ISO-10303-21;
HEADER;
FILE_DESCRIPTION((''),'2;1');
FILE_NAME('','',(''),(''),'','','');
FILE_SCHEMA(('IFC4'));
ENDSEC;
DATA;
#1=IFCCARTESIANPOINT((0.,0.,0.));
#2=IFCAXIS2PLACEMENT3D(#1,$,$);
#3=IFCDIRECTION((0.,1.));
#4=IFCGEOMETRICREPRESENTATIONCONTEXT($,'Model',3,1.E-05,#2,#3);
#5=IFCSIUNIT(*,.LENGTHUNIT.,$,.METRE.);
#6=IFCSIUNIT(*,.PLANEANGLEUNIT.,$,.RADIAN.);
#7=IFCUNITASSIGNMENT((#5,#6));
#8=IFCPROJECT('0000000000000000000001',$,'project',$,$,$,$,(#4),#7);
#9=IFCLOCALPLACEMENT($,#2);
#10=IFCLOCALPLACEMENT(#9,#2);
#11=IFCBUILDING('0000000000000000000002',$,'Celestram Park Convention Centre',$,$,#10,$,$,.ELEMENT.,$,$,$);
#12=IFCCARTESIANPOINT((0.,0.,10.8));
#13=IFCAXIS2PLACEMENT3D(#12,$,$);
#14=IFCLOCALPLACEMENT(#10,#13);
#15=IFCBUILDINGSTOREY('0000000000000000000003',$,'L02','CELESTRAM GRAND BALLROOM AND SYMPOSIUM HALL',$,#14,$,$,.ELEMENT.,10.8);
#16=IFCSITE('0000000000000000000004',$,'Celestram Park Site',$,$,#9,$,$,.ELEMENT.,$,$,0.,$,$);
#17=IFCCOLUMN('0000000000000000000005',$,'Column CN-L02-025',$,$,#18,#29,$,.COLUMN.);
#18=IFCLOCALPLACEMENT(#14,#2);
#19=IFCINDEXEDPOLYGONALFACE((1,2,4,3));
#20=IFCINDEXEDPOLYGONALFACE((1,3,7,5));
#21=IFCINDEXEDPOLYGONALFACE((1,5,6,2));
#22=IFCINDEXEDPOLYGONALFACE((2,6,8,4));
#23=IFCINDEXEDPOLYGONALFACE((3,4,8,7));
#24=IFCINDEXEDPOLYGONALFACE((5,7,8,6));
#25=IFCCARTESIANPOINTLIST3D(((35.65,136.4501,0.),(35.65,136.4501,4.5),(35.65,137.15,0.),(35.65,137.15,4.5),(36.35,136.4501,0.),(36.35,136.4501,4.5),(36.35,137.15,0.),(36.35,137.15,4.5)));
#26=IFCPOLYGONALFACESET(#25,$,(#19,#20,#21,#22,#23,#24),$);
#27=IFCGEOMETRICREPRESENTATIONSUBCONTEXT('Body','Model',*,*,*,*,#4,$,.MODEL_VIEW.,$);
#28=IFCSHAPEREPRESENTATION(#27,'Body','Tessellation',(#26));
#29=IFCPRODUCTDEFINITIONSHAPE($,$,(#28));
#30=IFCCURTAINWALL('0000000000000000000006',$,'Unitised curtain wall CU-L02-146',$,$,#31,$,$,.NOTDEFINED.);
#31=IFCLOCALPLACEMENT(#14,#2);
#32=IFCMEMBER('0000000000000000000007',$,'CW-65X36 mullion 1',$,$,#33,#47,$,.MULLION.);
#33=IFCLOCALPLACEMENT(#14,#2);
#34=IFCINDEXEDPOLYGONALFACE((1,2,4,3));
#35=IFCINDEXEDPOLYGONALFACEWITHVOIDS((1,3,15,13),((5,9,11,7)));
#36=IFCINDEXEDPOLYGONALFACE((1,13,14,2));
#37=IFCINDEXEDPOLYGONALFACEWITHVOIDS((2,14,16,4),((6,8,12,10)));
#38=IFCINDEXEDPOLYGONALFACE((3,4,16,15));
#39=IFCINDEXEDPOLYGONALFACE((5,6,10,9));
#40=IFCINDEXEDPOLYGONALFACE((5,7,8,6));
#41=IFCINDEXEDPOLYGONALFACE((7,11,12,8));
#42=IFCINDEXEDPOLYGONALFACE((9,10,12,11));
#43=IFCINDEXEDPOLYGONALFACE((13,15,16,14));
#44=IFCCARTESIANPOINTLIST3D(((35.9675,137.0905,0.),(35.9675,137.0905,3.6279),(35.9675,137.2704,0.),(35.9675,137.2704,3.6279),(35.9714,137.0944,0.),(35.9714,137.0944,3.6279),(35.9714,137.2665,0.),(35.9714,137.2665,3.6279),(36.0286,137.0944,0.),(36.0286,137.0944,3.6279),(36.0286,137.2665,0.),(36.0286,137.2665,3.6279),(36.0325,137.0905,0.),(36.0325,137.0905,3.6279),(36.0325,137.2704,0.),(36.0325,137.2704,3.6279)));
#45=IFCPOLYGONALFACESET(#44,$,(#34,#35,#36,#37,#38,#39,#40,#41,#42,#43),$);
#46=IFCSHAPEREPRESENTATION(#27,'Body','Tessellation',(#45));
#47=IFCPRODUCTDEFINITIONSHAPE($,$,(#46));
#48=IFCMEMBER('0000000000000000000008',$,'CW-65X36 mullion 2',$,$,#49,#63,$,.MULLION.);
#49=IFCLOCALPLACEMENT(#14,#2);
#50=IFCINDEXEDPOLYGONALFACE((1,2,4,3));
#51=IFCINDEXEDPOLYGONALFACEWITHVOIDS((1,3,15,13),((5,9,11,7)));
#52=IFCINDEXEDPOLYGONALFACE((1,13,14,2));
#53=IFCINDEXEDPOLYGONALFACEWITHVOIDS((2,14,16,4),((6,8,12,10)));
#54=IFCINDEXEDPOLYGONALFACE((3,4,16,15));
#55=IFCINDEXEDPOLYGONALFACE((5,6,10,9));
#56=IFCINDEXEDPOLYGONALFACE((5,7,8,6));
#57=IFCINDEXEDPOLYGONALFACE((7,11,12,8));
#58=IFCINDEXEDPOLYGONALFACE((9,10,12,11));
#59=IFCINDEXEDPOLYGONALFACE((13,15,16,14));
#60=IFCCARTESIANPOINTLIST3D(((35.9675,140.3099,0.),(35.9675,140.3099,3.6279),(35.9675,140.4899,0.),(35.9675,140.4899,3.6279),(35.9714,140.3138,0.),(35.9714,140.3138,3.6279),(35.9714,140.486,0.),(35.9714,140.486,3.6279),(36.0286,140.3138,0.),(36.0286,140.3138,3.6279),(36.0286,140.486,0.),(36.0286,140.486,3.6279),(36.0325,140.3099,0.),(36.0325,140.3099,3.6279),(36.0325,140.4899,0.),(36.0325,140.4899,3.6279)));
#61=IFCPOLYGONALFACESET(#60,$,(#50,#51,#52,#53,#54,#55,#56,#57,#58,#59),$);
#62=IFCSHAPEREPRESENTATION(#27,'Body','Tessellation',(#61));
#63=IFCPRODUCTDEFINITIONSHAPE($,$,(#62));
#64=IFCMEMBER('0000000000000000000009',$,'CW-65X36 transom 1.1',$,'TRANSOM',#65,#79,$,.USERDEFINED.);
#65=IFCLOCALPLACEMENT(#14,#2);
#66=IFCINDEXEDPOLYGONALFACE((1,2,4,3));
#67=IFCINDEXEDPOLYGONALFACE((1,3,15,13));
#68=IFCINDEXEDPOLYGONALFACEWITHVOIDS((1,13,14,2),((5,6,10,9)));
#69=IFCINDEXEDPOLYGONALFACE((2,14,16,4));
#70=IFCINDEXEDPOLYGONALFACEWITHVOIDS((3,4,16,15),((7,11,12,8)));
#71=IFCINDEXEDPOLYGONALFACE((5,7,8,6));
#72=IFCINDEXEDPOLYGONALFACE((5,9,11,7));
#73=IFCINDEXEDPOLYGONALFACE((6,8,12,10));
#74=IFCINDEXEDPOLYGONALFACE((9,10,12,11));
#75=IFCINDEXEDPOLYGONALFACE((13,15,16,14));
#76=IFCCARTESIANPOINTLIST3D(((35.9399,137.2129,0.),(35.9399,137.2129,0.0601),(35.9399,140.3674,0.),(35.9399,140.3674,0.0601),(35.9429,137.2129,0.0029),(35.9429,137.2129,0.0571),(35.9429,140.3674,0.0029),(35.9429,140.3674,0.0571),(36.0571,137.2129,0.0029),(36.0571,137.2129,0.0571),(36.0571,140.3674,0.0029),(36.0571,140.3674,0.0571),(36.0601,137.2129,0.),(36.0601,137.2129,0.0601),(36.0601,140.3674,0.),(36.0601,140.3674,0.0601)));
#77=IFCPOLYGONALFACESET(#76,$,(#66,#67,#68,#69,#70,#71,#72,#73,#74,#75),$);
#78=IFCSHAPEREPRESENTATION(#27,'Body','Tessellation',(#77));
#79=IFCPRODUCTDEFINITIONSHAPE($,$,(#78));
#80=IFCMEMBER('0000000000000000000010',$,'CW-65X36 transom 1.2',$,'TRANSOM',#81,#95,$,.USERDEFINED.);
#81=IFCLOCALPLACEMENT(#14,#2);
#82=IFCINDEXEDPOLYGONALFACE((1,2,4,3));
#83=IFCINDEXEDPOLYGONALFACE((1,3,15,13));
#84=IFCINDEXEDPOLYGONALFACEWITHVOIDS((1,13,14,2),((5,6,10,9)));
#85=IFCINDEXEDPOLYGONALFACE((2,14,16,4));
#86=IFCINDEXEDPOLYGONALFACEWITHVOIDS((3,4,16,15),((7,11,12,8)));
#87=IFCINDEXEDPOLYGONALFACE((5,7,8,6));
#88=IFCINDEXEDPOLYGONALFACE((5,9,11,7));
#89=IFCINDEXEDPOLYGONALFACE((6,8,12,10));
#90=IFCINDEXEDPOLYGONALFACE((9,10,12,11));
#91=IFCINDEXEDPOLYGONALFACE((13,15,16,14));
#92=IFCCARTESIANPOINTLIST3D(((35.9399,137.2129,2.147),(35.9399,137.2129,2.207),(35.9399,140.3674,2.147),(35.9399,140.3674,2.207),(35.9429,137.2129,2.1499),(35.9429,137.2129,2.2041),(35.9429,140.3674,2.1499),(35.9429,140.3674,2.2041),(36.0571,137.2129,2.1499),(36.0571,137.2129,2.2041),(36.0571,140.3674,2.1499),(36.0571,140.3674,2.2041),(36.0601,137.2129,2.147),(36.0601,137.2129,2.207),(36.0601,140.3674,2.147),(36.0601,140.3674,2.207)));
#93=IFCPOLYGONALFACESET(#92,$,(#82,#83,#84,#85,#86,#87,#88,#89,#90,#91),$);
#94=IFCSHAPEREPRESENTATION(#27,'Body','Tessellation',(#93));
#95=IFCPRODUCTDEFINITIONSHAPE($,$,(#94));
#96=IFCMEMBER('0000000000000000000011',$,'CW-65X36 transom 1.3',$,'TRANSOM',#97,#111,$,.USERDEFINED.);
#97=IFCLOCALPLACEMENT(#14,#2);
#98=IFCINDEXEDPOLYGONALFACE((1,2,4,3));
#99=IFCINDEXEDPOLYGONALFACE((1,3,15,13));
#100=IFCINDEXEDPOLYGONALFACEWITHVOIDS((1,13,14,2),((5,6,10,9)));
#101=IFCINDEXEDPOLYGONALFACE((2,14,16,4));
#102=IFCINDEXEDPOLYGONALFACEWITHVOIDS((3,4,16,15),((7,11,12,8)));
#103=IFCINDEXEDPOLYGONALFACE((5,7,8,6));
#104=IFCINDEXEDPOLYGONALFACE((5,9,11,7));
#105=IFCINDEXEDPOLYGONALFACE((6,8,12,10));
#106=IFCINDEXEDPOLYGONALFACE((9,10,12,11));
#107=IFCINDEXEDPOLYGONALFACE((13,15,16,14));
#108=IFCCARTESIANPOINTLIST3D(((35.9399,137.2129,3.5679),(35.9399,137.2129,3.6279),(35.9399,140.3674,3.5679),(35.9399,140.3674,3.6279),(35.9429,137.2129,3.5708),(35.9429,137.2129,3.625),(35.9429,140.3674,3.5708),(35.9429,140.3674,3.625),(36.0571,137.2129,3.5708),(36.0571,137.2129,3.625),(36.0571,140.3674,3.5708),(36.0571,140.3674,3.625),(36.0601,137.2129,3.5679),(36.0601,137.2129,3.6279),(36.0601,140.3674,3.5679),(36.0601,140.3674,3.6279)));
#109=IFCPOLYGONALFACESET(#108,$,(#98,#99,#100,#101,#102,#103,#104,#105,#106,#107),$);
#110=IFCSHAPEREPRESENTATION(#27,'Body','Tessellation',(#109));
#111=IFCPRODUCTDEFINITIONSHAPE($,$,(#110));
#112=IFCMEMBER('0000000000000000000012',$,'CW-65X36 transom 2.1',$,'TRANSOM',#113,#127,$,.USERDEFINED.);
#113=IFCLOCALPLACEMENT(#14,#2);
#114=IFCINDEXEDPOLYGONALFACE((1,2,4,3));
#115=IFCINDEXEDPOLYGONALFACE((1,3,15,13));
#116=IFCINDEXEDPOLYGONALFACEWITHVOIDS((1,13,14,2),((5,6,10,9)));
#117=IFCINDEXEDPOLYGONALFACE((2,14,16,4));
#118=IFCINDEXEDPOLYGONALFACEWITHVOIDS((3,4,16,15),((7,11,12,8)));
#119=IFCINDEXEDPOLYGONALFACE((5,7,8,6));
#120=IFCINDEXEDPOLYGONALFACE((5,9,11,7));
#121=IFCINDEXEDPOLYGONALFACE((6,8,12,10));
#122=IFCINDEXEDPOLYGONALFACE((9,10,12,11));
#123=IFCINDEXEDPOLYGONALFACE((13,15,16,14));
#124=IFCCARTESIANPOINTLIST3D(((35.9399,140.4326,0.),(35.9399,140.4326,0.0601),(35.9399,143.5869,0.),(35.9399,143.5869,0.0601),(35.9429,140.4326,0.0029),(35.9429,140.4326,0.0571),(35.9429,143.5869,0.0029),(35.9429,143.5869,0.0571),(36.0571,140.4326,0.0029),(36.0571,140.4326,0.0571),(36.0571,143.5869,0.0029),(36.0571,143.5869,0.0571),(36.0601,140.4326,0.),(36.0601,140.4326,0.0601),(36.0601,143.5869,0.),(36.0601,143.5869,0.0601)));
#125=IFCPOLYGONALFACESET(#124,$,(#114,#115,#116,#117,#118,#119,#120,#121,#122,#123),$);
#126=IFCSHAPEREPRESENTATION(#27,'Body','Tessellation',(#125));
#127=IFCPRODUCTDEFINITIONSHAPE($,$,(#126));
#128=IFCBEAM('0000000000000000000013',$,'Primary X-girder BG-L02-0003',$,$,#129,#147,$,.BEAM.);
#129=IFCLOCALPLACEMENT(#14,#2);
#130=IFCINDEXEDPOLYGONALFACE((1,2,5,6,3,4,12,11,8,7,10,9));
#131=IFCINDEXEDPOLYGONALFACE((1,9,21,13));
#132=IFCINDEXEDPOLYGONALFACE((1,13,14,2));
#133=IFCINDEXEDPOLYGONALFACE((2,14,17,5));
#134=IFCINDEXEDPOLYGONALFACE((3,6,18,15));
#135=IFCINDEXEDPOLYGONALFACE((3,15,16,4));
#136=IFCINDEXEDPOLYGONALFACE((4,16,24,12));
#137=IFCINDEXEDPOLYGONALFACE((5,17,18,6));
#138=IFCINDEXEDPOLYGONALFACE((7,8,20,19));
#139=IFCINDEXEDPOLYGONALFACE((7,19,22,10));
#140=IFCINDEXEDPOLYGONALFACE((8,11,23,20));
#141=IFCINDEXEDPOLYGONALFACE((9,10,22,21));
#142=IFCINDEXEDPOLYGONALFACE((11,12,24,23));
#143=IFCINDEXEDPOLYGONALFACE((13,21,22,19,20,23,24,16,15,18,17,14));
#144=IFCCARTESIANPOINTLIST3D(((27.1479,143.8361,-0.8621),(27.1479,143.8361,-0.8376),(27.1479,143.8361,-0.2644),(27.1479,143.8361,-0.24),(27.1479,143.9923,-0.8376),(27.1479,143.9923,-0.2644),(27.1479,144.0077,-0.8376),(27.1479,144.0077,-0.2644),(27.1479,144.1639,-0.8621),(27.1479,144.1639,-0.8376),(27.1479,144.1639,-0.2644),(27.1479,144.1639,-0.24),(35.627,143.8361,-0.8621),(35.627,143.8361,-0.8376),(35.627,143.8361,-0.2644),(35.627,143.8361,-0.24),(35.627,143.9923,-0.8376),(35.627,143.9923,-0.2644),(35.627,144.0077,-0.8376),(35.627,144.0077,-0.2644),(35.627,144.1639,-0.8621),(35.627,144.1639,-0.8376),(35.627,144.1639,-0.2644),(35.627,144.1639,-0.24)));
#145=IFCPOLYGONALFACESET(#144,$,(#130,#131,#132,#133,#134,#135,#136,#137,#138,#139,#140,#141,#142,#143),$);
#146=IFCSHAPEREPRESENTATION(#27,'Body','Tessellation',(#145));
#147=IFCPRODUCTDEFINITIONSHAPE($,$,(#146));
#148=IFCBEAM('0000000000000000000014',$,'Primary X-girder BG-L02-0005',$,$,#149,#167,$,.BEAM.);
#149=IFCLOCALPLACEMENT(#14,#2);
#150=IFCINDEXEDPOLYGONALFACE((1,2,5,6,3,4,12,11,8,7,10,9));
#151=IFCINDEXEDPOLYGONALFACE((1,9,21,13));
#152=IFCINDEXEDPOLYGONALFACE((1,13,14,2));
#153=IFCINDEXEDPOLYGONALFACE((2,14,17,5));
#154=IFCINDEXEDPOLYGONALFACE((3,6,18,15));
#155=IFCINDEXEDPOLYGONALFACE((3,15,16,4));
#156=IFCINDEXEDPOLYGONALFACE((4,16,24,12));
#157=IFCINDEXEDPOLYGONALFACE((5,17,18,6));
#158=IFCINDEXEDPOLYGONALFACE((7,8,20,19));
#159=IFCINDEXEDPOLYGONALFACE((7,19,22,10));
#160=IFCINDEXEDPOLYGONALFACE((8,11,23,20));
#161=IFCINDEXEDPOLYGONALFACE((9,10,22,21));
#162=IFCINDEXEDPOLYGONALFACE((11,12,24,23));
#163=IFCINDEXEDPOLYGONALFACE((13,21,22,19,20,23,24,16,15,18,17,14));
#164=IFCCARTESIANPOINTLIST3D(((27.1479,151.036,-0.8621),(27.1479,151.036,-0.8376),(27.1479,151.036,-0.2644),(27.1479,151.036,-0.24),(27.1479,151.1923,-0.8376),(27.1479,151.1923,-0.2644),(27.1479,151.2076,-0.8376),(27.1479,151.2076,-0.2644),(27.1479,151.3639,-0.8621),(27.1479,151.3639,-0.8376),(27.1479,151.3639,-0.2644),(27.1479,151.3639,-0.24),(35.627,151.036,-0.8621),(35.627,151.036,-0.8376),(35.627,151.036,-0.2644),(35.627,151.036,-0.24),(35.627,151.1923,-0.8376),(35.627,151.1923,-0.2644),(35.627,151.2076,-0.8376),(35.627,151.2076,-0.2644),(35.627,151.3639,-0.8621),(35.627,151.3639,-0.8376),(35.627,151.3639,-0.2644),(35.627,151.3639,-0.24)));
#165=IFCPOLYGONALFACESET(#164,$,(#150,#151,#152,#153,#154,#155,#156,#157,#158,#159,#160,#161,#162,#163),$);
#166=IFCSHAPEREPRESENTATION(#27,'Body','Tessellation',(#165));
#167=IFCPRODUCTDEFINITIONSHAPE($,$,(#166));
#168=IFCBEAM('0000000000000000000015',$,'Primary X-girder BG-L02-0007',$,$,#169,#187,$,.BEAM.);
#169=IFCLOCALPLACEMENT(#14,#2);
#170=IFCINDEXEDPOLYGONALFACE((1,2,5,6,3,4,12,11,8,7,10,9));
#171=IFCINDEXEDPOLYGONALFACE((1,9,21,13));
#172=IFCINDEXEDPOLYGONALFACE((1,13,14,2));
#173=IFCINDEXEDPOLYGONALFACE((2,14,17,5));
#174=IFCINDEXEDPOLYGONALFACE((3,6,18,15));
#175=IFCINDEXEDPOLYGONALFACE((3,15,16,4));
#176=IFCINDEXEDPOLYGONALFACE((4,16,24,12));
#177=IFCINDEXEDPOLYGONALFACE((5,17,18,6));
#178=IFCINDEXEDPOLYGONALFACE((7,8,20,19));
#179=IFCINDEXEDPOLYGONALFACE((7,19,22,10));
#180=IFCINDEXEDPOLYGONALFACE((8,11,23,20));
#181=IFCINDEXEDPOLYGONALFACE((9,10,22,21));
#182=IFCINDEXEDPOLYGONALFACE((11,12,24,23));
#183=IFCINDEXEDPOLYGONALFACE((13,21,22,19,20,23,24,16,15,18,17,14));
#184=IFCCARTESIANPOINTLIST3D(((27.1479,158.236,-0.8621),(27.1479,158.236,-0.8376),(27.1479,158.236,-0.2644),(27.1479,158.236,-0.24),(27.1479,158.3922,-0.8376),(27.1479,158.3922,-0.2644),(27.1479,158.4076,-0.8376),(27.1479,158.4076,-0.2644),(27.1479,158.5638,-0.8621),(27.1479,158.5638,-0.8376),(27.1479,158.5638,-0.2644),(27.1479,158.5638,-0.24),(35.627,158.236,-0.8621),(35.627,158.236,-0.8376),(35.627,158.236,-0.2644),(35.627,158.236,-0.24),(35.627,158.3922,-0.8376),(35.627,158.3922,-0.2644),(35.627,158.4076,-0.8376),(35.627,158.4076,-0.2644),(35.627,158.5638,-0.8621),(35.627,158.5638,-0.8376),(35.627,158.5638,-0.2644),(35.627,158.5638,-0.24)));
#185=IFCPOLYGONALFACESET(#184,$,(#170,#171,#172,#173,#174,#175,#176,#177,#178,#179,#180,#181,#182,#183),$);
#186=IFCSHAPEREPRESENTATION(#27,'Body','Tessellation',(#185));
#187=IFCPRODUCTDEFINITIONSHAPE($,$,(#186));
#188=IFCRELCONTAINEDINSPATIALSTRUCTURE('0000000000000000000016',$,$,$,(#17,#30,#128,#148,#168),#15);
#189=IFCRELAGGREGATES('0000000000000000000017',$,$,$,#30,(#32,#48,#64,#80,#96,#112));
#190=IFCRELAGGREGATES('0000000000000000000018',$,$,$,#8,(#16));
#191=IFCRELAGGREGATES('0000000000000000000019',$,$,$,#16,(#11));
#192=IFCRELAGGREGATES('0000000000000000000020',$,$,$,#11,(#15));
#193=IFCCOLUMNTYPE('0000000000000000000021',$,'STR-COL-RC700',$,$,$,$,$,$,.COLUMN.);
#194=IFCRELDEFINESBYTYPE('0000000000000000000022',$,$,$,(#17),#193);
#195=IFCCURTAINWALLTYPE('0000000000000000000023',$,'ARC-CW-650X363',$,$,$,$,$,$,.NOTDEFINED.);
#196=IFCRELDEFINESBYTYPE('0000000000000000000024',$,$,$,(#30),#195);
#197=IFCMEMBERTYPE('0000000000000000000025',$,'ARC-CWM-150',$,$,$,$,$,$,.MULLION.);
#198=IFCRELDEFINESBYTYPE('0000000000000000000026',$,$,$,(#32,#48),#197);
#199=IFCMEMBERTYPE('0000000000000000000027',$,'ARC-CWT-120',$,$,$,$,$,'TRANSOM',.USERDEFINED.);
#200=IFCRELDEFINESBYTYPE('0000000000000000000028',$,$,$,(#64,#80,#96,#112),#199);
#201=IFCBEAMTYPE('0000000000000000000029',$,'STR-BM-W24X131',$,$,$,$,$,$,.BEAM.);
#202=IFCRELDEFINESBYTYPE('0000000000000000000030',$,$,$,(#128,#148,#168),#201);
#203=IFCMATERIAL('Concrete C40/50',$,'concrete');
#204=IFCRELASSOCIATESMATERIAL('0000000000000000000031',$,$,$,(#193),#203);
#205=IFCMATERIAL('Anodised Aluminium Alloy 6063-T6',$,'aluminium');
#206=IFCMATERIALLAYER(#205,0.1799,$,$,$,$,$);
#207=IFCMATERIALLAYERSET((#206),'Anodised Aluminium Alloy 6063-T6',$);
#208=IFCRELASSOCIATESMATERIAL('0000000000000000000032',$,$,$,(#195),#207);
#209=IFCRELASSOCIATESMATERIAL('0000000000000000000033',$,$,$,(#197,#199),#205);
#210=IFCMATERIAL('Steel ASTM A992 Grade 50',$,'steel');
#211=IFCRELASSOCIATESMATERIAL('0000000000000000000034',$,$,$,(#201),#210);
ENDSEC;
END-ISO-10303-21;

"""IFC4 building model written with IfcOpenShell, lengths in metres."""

from ifc_helpers import new_model, si_unit, direction, frame, origin, origin_2d, place, context, subcontext, project, spatial, rectangle, hollow_rectangle, i_section, extrude, material, layer, layer_set, material_profile, profile_set, type_object, element, aggregate, save


model = new_model("IFC4")

# Units and contexts
model_context = context("Model", 3, precision=1e-05, world=origin(), true_north=direction((0.0, 1.0)))
body_context = subcontext(model_context, "Body", "Model", "MODEL_VIEW")
ifc_project = project(units=[si_unit("LENGTHUNIT", "METRE"), si_unit("PLANEANGLEUNIT", "RADIAN")], contexts=[model_context])

# Site, building, storey
site_placement = place(None, origin())
site = spatial("IfcSite", under=ifc_project, at=site_placement, Name="Celestram Park Site", CompositionType="ELEMENT", RefElevation=0.0)
building_placement = place(site_placement, origin())
building = spatial("IfcBuilding", under=site, at=building_placement, Name="Celestram Park Convention Centre", CompositionType="ELEMENT")
storey_placement = place(building_placement, frame((0.0, 0.0, 10.8)))
storey = spatial("IfcBuildingStorey", under=building, at=storey_placement, Name="L02", Description="CELESTRAM GRAND BALLROOM AND SYMPOSIUM HALL", CompositionType="ELEMENT", Elevation=10.8)

# Column
ifc_material_1 = material(Name="Concrete C40/50", Category="concrete")
ifc_material_profile_1 = material_profile(ifc_material_1, rectangle(XDim=0.7, YDim=0.7, at=origin_2d()), Name="RC700X700")
ifc_profile_set_1 = profile_set([ifc_material_profile_1], Name="Concrete C40/50")
column_type = type_object("IfcColumnType", Name="STR-COL-RC700", PredefinedType="COLUMN", material=ifc_profile_set_1)
column_placement = place(storey_placement, frame((36.0, 136.8, 0.0), z_axis=(0.0, 0.0, 1.0), x_axis=(1.0, 0.0, 0.0)))
element("IfcColumn", 1, at=column_placement, inside=storey, type_object=column_type, Name="Column CN-L02-025", PredefinedType="COLUMN", context=body_context, shape_type="SweptSolid", body=[
    extrude(rectangle(XDim=0.7, YDim=0.7, at=origin_2d()), origin(), (0.0, 0.0, 1.0), 4.5),
])

# Curtain wall, members
ifc_material_2 = material(Name="Anodised Aluminium Alloy 6063-T6", Category="aluminium")
ifc_layer_1 = layer(ifc_material_2, 0.1799)
ifc_layer_set_1 = layer_set([ifc_layer_1], Name="Anodised Aluminium Alloy 6063-T6")
curtain_wall_type = type_object("IfcCurtainWallType", Name="ARC-CW-650X363", PredefinedType="NOTDEFINED", material=ifc_layer_set_1)
curtain_wall_placement = place(storey_placement, origin())
curtain_wall = element("IfcCurtainWall", 2, at=curtain_wall_placement, inside=storey, type_object=curtain_wall_type, Name="Unitised curtain wall CU-L02-146", PredefinedType="NOTDEFINED")
ifc_material_profile_2 = material_profile(ifc_material_2, hollow_rectangle(XDim=0.0649, YDim=0.1799, WallThickness=0.0039, at=origin_2d()), Name="ALU65X180X4")
ifc_profile_set_2 = profile_set([ifc_material_profile_2], Name="Anodised Aluminium Alloy 6063-T6")
member_type_1 = type_object("IfcMemberType", Name="ARC-CWM-150", PredefinedType="MULLION", material=ifc_profile_set_2)
member_1_placement = place(storey_placement, frame((36.0, 137.1804, 0.0), z_axis=(0.0, 0.0, 1.0), x_axis=(-1.0, 0.0, 0.0)))
member_1 = element("IfcMember", 3, at=member_1_placement, type_object=member_type_1, Name="CW-65X36 mullion 1", PredefinedType="MULLION", context=body_context, shape_type="SweptSolid", body=[
    extrude(hollow_rectangle(XDim=0.0649, YDim=0.1799, WallThickness=0.0039, at=origin_2d()), origin(), (0.0, 0.0, 1.0), 3.6279),
])
member_2_placement = place(storey_placement, frame((36.0, 140.3999, 0.0), z_axis=(0.0, 0.0, 1.0), x_axis=(-1.0, 0.0, 0.0)))
member_2 = element("IfcMember", 4, at=member_2_placement, type_object=member_type_1, Name="CW-65X36 mullion 2", PredefinedType="MULLION", context=body_context, shape_type="SweptSolid", body=[
    extrude(hollow_rectangle(XDim=0.0649, YDim=0.1799, WallThickness=0.0039, at=origin_2d()), origin(), (0.0, 0.0, 1.0), 3.6279),
])
ifc_material_profile_3 = material_profile(ifc_material_2, hollow_rectangle(XDim=0.1201, YDim=0.0601, WallThickness=0.0029, at=origin_2d()), Name="ALU120X60X3")
ifc_profile_set_3 = profile_set([ifc_material_profile_3], Name="Anodised Aluminium Alloy 6063-T6")
member_type_2 = type_object("IfcMemberType", Name="ARC-CWT-120", ElementType="TRANSOM", PredefinedType="USERDEFINED", material=ifc_profile_set_3)
member_3_placement = place(storey_placement, frame((36.0, 137.2129, 0.03), z_axis=(0.0, 1.0, 0.0), x_axis=(-1.0, 0.0, 0.0)))
member_3 = element("IfcMember", 5, at=member_3_placement, type_object=member_type_2, Name="CW-65X36 transom 1.1", ObjectType="TRANSOM", PredefinedType="USERDEFINED", context=body_context, shape_type="SweptSolid", body=[
    extrude(hollow_rectangle(XDim=0.1201, YDim=0.0601, WallThickness=0.0029, at=origin_2d()), origin(), (0.0, 0.0, 1.0), 3.1545),
])
member_4_placement = place(storey_placement, frame((36.0, 137.2129, 2.177), z_axis=(0.0, 1.0, 0.0), x_axis=(-1.0, 0.0, 0.0)))
member_4 = element("IfcMember", 6, at=member_4_placement, type_object=member_type_2, Name="CW-65X36 transom 1.2", ObjectType="TRANSOM", PredefinedType="USERDEFINED", context=body_context, shape_type="SweptSolid", body=[
    extrude(hollow_rectangle(XDim=0.1201, YDim=0.0601, WallThickness=0.0029, at=origin_2d()), origin(), (0.0, 0.0, 1.0), 3.1545),
])
member_5_placement = place(storey_placement, frame((36.0, 137.2129, 3.5979), z_axis=(0.0, 1.0, 0.0), x_axis=(-1.0, 0.0, 0.0)))
member_5 = element("IfcMember", 7, at=member_5_placement, type_object=member_type_2, Name="CW-65X36 transom 1.3", ObjectType="TRANSOM", PredefinedType="USERDEFINED", context=body_context, shape_type="SweptSolid", body=[
    extrude(hollow_rectangle(XDim=0.1201, YDim=0.0601, WallThickness=0.0029, at=origin_2d()), origin(), (0.0, 0.0, 1.0), 3.1545),
])
member_6_placement = place(storey_placement, frame((36.0, 140.4326, 0.03), z_axis=(0.0, 1.0, 0.0), x_axis=(-1.0, 0.0, 0.0)))
member_6 = element("IfcMember", 8, at=member_6_placement, type_object=member_type_2, Name="CW-65X36 transom 2.1", ObjectType="TRANSOM", PredefinedType="USERDEFINED", context=body_context, shape_type="SweptSolid", body=[
    extrude(hollow_rectangle(XDim=0.1201, YDim=0.0601, WallThickness=0.0029, at=origin_2d()), origin(), (0.0, 0.0, 1.0), 3.1543),
])

# Beams
ifc_material_3 = material(Name="Steel ASTM A992 Grade 50", Category="steel")
ifc_material_profile_4 = material_profile(ifc_material_3, i_section(OverallWidth=0.3279, OverallDepth=0.6221, WebThickness=0.0154, FlangeThickness=0.0244, at=origin_2d()), Name="W24X131")
ifc_profile_set_4 = profile_set([ifc_material_profile_4], Name="Steel ASTM A992 Grade 50")
beam_type_1 = type_object("IfcBeamType", Name="STR-BM-W24X131", PredefinedType="BEAM", material=ifc_profile_set_4)
for number, where, z_axis, x_axis, name in (
    (9, (27.1479, 144.0, -0.551), (1.0, 0.0, 0.0), (0.0, 1.0, 0.0), "Primary X-girder BG-L02-0003"),
    (10, (27.1479, 151.2, -0.551), (1.0, 0.0, 0.0), (0.0, 1.0, 0.0), "Primary X-girder BG-L02-0005"),
    (11, (27.1479, 158.3999, -0.551), (1.0, 0.0, 0.0), (0.0, 1.0, 0.0), "Primary X-girder BG-L02-0007"),
):
    element("IfcBeam", number, at=place(storey_placement, frame(where, z_axis=z_axis, x_axis=x_axis)), inside=storey, type_object=beam_type_1, Name=name, PredefinedType="BEAM", context=body_context, shape_type="SweptSolid", body=[
        extrude(i_section(OverallWidth=0.3279, OverallDepth=0.6221, WebThickness=0.0154, FlangeThickness=0.0244, at=origin_2d()), origin(), (0.0, 0.0, 1.0), 8.479),
    ])

aggregate(curtain_wall, [member_1, member_2, member_3, member_4, member_5, member_6])

save(model, "model.ifc")
